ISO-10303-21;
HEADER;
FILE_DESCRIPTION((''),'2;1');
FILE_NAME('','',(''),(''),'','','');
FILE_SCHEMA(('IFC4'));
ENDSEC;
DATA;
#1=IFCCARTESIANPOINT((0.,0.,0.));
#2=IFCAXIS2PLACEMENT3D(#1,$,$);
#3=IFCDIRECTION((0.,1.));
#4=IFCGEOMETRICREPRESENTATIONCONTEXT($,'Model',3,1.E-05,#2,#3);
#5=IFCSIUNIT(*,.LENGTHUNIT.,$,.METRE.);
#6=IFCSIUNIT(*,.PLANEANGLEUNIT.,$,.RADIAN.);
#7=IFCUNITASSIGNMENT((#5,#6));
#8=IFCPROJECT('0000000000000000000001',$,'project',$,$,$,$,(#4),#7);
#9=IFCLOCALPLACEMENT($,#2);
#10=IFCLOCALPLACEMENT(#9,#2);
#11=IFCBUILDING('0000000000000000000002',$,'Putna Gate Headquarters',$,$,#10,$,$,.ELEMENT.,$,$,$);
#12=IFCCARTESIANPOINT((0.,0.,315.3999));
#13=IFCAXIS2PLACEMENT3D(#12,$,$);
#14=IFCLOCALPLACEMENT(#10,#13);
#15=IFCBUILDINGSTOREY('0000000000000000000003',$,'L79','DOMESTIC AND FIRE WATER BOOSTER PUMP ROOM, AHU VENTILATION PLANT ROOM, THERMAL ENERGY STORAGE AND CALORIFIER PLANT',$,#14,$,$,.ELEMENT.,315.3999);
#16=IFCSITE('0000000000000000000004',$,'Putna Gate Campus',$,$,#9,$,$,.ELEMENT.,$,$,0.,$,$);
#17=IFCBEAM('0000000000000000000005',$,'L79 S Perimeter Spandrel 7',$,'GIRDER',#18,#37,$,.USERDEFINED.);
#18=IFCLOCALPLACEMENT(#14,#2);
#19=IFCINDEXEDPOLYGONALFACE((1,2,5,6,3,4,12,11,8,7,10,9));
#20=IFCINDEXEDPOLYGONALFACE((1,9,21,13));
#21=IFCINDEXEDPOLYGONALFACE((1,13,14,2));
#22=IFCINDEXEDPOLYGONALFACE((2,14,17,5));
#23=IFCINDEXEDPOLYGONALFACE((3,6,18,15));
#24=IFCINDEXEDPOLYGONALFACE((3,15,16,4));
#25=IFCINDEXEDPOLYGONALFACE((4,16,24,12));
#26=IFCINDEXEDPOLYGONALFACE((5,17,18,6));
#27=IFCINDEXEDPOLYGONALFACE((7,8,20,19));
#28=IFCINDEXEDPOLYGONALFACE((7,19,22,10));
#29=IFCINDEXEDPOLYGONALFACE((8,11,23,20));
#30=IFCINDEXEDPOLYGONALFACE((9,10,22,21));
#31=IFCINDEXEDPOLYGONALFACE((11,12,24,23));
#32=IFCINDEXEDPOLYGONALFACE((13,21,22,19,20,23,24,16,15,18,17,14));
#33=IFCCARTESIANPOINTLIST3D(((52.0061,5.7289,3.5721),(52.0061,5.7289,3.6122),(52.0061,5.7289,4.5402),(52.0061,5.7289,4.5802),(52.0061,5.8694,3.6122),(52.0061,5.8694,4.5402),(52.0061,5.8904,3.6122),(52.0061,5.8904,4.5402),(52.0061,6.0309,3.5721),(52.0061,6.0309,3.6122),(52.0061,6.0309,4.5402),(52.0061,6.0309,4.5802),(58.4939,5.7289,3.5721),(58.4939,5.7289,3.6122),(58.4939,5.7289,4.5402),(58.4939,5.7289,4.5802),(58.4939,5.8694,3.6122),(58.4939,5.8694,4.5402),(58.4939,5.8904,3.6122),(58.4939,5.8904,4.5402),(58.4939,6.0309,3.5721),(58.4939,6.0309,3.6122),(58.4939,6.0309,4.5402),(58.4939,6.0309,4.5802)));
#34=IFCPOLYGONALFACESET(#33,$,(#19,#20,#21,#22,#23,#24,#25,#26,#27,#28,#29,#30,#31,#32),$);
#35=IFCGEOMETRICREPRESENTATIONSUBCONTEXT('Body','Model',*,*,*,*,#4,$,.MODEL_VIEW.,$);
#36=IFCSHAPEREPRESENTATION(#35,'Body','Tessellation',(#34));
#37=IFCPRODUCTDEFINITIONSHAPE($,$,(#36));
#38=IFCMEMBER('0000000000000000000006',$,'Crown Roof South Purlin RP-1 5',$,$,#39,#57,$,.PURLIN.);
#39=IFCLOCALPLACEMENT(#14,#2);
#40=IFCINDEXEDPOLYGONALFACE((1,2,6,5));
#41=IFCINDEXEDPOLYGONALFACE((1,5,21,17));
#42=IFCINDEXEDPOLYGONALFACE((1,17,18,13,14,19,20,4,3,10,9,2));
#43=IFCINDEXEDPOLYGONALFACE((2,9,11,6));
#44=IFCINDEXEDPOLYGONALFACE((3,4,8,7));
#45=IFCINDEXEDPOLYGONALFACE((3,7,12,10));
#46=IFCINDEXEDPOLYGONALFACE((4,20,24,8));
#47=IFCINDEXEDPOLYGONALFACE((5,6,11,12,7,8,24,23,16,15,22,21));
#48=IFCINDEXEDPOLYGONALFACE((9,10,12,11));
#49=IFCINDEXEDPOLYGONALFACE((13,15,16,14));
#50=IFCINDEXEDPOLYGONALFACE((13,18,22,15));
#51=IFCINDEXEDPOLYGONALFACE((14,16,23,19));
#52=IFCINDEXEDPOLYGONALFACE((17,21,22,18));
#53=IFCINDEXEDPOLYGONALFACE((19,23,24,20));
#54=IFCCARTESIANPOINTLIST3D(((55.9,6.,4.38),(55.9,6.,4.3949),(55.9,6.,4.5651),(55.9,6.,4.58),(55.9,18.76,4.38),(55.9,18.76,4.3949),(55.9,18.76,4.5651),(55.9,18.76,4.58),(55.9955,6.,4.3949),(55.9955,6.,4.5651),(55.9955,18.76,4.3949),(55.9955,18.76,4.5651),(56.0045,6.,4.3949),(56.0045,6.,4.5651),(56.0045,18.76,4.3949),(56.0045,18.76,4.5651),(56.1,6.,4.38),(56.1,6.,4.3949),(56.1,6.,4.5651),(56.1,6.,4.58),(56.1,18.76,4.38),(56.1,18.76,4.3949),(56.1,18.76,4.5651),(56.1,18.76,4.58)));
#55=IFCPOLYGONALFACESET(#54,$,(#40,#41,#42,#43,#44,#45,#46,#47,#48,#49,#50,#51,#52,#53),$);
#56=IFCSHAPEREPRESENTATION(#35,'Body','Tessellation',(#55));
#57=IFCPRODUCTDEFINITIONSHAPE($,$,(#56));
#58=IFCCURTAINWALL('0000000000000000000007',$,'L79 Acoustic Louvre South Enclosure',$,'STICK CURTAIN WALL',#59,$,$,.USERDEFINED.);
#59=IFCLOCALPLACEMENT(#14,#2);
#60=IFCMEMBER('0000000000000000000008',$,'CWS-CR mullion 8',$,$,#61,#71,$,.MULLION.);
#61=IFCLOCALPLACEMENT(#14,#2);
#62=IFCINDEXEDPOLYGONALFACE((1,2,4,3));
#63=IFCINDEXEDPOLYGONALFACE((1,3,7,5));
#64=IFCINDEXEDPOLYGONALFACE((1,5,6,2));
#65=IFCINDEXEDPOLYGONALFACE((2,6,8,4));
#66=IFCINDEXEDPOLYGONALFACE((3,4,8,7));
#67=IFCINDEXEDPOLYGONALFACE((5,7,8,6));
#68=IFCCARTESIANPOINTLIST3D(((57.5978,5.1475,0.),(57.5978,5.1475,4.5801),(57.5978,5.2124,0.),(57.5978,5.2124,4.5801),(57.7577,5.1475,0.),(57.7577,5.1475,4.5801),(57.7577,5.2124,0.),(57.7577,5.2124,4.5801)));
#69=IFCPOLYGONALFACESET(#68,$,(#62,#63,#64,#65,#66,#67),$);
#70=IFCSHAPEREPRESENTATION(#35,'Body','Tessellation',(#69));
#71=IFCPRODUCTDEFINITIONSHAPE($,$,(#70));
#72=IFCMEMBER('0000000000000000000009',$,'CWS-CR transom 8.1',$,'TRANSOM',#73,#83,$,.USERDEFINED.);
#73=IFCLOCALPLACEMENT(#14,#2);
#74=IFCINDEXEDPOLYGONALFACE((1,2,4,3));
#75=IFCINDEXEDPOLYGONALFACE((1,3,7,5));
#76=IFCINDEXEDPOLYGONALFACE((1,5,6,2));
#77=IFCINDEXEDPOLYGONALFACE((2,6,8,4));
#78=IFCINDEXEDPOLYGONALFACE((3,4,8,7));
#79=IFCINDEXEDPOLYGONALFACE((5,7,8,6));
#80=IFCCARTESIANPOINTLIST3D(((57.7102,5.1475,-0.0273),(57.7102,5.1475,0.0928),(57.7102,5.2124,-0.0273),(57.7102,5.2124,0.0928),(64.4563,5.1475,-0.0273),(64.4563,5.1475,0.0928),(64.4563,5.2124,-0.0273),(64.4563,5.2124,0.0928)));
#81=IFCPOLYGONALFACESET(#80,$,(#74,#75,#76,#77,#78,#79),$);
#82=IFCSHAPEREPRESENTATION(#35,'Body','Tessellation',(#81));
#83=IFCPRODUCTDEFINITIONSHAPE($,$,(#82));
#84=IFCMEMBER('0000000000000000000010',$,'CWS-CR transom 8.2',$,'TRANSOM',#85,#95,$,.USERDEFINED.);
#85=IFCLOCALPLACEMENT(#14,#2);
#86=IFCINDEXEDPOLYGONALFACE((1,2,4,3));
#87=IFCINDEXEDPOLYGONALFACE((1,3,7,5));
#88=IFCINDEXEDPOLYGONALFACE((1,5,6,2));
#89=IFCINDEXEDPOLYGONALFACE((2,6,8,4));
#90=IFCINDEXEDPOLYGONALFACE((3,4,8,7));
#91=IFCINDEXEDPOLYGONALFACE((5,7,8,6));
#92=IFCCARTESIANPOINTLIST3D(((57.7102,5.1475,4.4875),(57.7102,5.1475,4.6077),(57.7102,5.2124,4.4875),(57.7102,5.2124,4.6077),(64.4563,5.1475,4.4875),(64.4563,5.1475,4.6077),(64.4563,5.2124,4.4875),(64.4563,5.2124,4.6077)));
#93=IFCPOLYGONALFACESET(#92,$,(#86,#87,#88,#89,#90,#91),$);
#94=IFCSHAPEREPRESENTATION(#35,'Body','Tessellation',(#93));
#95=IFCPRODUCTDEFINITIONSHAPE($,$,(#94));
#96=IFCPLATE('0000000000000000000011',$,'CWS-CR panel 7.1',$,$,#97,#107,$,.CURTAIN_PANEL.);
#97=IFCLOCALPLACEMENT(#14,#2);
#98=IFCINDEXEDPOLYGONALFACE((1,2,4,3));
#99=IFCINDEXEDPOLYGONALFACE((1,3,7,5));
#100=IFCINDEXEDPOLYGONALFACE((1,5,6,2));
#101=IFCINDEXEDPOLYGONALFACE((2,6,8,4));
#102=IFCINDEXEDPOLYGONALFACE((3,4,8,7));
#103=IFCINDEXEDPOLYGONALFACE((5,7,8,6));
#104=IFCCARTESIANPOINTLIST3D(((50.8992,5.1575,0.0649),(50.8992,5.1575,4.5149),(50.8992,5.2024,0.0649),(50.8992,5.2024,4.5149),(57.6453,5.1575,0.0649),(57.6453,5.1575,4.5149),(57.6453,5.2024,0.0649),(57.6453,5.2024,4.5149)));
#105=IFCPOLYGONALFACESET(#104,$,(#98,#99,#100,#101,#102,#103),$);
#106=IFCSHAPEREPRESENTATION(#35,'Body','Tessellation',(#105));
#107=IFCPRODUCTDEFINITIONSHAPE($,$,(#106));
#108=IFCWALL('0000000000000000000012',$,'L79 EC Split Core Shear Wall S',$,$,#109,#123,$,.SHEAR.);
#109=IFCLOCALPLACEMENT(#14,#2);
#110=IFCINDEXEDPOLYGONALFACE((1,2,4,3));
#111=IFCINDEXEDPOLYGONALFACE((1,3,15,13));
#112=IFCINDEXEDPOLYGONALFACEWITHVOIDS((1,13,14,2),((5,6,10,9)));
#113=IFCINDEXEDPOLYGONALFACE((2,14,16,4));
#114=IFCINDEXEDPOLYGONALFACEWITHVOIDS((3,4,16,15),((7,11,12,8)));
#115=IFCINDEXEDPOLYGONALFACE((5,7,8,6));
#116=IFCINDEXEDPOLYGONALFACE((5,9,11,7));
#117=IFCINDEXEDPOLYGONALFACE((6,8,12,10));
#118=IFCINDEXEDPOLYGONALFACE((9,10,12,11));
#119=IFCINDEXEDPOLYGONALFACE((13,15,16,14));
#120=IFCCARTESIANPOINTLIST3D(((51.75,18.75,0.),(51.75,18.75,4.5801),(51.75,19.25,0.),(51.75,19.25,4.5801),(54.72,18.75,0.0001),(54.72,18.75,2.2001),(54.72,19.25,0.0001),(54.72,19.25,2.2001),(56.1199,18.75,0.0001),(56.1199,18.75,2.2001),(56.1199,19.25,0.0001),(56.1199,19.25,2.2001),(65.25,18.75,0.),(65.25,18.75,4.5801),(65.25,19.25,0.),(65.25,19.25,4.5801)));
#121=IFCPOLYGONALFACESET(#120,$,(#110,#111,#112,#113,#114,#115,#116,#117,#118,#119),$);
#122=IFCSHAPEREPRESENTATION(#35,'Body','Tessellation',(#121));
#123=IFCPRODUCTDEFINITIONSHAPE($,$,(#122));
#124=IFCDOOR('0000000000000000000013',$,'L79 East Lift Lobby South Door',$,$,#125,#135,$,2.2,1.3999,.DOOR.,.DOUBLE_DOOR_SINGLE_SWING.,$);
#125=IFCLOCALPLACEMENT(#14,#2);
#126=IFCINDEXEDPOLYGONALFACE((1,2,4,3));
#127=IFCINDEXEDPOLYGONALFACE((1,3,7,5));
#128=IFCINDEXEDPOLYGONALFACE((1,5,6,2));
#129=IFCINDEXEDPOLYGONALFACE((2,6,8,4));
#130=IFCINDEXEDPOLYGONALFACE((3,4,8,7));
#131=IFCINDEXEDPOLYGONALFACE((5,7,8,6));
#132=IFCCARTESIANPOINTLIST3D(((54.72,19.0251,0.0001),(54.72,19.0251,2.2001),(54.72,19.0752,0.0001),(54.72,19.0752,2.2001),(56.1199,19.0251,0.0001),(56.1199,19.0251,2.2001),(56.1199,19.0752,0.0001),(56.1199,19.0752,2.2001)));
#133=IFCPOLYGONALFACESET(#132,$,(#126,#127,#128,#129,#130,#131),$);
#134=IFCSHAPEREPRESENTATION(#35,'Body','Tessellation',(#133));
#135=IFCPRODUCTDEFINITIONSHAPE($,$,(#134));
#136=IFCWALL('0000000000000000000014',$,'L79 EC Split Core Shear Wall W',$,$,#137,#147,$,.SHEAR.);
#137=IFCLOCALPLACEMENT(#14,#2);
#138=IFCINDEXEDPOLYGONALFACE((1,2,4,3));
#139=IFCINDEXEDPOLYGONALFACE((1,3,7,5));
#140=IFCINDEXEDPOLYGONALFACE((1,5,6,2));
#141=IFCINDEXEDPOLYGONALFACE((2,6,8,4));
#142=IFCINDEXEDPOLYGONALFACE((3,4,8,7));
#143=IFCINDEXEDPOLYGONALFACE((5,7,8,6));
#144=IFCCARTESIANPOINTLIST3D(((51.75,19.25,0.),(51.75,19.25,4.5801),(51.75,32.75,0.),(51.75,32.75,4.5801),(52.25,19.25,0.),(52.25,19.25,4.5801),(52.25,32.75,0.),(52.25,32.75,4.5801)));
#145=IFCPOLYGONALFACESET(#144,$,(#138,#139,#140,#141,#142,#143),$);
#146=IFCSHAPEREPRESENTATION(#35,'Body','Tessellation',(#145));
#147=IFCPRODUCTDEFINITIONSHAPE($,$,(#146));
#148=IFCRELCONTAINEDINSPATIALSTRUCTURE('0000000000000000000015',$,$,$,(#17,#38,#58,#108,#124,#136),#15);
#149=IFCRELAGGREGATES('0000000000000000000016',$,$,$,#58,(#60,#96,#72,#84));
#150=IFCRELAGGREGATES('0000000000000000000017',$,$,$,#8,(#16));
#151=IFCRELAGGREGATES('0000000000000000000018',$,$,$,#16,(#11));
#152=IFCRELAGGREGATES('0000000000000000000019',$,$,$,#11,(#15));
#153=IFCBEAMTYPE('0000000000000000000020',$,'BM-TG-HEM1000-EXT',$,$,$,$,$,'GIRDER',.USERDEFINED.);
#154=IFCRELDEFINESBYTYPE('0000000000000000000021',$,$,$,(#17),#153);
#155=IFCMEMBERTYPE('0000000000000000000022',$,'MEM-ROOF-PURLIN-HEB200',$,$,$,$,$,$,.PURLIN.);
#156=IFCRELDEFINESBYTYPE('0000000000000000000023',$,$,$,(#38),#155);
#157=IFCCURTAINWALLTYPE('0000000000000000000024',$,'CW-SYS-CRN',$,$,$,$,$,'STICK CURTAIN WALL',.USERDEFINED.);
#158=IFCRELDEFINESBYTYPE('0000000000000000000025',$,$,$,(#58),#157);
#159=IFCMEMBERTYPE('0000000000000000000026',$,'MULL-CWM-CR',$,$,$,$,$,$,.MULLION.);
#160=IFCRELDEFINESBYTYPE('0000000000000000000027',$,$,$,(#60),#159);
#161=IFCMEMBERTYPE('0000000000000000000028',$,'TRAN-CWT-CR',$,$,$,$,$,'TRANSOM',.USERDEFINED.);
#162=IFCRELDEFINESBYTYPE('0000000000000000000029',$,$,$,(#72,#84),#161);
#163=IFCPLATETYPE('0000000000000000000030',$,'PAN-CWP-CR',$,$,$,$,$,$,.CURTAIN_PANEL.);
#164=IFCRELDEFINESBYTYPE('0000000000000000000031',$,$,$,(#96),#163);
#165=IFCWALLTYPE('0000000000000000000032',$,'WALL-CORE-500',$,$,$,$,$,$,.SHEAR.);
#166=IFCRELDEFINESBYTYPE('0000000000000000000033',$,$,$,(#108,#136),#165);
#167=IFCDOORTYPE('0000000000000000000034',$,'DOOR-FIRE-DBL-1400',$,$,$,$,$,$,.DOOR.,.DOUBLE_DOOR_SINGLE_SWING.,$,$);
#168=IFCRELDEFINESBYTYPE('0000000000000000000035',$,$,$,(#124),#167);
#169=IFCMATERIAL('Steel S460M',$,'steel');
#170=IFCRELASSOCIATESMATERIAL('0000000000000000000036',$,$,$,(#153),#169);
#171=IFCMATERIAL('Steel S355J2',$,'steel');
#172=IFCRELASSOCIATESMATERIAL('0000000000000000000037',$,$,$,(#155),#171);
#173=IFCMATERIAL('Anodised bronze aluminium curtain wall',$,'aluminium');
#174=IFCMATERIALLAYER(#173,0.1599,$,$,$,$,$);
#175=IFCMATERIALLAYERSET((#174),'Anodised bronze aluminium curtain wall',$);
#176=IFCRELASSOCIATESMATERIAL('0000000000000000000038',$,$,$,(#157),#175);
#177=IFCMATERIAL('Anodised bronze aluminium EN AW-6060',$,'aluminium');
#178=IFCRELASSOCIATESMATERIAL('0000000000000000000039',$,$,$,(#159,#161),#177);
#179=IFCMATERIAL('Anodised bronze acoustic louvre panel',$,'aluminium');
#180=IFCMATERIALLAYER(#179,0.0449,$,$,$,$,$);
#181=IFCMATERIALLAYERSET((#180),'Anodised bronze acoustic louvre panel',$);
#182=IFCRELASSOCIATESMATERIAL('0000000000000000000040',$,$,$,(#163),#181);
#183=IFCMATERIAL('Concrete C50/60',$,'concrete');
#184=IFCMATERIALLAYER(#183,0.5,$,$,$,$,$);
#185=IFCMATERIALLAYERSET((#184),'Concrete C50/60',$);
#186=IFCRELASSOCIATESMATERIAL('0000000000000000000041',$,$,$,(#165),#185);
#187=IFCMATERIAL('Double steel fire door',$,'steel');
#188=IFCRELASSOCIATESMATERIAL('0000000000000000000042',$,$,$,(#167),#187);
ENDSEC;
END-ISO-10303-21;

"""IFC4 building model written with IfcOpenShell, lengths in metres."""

from ifc_helpers import new_model, si_unit, direction, frame, frame_2d, origin, origin_2d, place, context, subcontext, project, spatial, rectangle, i_section, extrude, material, layer, layer_set, material_profile, profile_set, type_object, element, fill, aggregate, save


model = new_model("IFC4")

# Units and contexts
model_context = context("Model", 3, precision=1e-05, world=origin(), true_north=direction((0.0, 1.0)))
body_context = subcontext(model_context, "Body", "Model", "MODEL_VIEW")
ifc_project = project(units=[si_unit("LENGTHUNIT", "METRE"), si_unit("PLANEANGLEUNIT", "RADIAN")], contexts=[model_context])

# Site, building, storey
site_placement = place(None, origin())
site = spatial("IfcSite", under=ifc_project, at=site_placement, Name="Putna Gate Campus", CompositionType="ELEMENT", RefElevation=0.0)
building_placement = place(site_placement, origin())
building = spatial("IfcBuilding", under=site, at=building_placement, Name="Putna Gate Headquarters", CompositionType="ELEMENT")
storey_placement = place(building_placement, frame((0.0, 0.0, 315.3999)))
storey = spatial("IfcBuildingStorey", under=building, at=storey_placement, Name="L79", Description="DOMESTIC AND FIRE WATER BOOSTER PUMP ROOM, AHU VENTILATION PLANT ROOM, THERMAL ENERGY STORAGE AND CALORIFIER PLANT", CompositionType="ELEMENT", Elevation=315.3999)

# Shared definitions
ifc_material_1 = material(Name="Steel S460M", Category="steel")

# Beam
ifc_material_2 = material(Name="Steel S355J2", Category="steel")
ifc_material_profile_1 = material_profile(ifc_material_1, i_section(OverallWidth=0.302, OverallDepth=1.0081, WebThickness=0.021, FlangeThickness=0.04, at=origin_2d()), Name="Steel S460M")
ifc_profile_set_1 = profile_set([ifc_material_profile_1], Name="Steel S460M")
beam_type_1 = type_object("IfcBeamType", Name="BM-TG-HEM1000-EXT", ElementType="GIRDER", PredefinedType="USERDEFINED", material=ifc_profile_set_1)
beam_1_placement = place(storey_placement, frame((52.0061, 5.8799, 4.0762), z_axis=(1.0, 0.0, 0.0), x_axis=(0.0, 1.0, 0.0)))
element("IfcBeam", 1, at=beam_1_placement, inside=storey, type_object=beam_type_1, Name="L79 S Perimeter Spandrel 7", ObjectType="GIRDER", PredefinedType="USERDEFINED", context=body_context, shape_type="SweptSolid", body=[
    extrude(i_section(OverallWidth=0.302, OverallDepth=1.0081, WebThickness=0.021, FlangeThickness=0.04, at=origin_2d()), origin(), (0.0, 0.0, 1.0), 6.4878),
])

# Member
ifc_material_profile_2 = material_profile(ifc_material_2, i_section(OverallWidth=0.2, OverallDepth=0.2, WebThickness=0.009, FlangeThickness=0.0149, at=origin_2d()), Name="Steel S355J2")
ifc_profile_set_2 = profile_set([ifc_material_profile_2], Name="Steel S355J2")
member_type_1 = type_object("IfcMemberType", Name="MEM-ROOF-PURLIN-HEB200", PredefinedType="PURLIN", material=ifc_profile_set_2)
member_1_placement = place(storey_placement, frame((56.0, 6.0, 4.48), z_axis=(0.0, 1.0, 0.0), x_axis=(-1.0, 0.0, 0.0)))
element("IfcMember", 2, at=member_1_placement, inside=storey, type_object=member_type_1, Name="Crown Roof South Purlin RP-1 5", PredefinedType="PURLIN", context=body_context, shape_type="SweptSolid", body=[
    extrude(i_section(OverallWidth=0.2, OverallDepth=0.2, WebThickness=0.009, FlangeThickness=0.0149, at=origin_2d()), origin(), (0.0, 0.0, 1.0), 12.76),
])

# Curtain wall, members, plate
ifc_material_3 = material(Name="Anodised bronze aluminium curtain wall", Category="aluminium")
ifc_layer_1 = layer(ifc_material_3, 0.1599)
ifc_layer_set_1 = layer_set([ifc_layer_1], Name="Anodised bronze aluminium curtain wall")
curtain_wall_type = type_object("IfcCurtainWallType", Name="CW-SYS-CRN", ElementType="STICK CURTAIN WALL", PredefinedType="USERDEFINED", material=ifc_layer_set_1)
curtain_wall_placement = place(storey_placement, origin())
curtain_wall = element("IfcCurtainWall", 3, at=curtain_wall_placement, inside=storey, type_object=curtain_wall_type, Name="L79 Acoustic Louvre South Enclosure", ObjectType="STICK CURTAIN WALL", PredefinedType="USERDEFINED")
ifc_material_4 = material(Name="Anodised bronze aluminium EN AW-6060", Category="aluminium")
ifc_material_profile_3 = material_profile(ifc_material_4, rectangle(XDim=0.0649, YDim=0.1599, at=origin_2d()), Name="Anodised bronze aluminium EN AW-6060")
ifc_profile_set_3 = profile_set([ifc_material_profile_3], Name="Anodised bronze aluminium EN AW-6060")
member_type_2 = type_object("IfcMemberType", Name="MULL-CWM-CR", PredefinedType="MULLION", material=ifc_profile_set_3)
member_2_placement = place(storey_placement, frame((57.6777, 5.1799, 0.0), z_axis=(0.0, 0.0, 1.0), x_axis=(0.0, 1.0, 0.0)))
member_2 = element("IfcMember", 4, at=member_2_placement, type_object=member_type_2, Name="CWS-CR mullion 8", PredefinedType="MULLION", context=body_context, shape_type="SweptSolid", body=[
    extrude(rectangle(XDim=0.0649, YDim=0.1599, at=origin_2d()), origin(), (0.0, 0.0, 1.0), 4.5801),
])
ifc_material_profile_4 = material_profile(ifc_material_4, rectangle(XDim=0.0649, YDim=0.1201, at=origin_2d()), Name="Anodised bronze aluminium EN AW-6060")
ifc_profile_set_4 = profile_set([ifc_material_profile_4], Name="Anodised bronze aluminium EN AW-6060")
member_type_3 = type_object("IfcMemberType", Name="TRAN-CWT-CR", ElementType="TRANSOM", PredefinedType="USERDEFINED", material=ifc_profile_set_4)
member_3_placement = place(storey_placement, frame((57.7102, 5.1799, 0.0327), z_axis=(1.0, 0.0, 0.0), x_axis=(0.0, 1.0, 0.0)))
member_3 = element("IfcMember", 5, at=member_3_placement, type_object=member_type_3, Name="CWS-CR transom 8.1", ObjectType="TRANSOM", PredefinedType="USERDEFINED", context=body_context, shape_type="SweptSolid", body=[
    extrude(rectangle(XDim=0.0649, YDim=0.1201, at=origin_2d()), origin(), (0.0, 0.0, 1.0), 6.7461),
])
member_4_placement = place(storey_placement, frame((57.7102, 5.1799, 4.5476), z_axis=(1.0, 0.0, 0.0), x_axis=(0.0, 1.0, 0.0)))
member_4 = element("IfcMember", 6, at=member_4_placement, type_object=member_type_3, Name="CWS-CR transom 8.2", ObjectType="TRANSOM", PredefinedType="USERDEFINED", context=body_context, shape_type="SweptSolid", body=[
    extrude(rectangle(XDim=0.0649, YDim=0.1201, at=origin_2d()), origin(), (0.0, 0.0, 1.0), 6.7461),
])
ifc_material_5 = material(Name="Anodised bronze acoustic louvre panel", Category="aluminium")
ifc_layer_2 = layer(ifc_material_5, 0.0449)
ifc_layer_set_2 = layer_set([ifc_layer_2], Name="Anodised bronze acoustic louvre panel")
plate_type = type_object("IfcPlateType", Name="PAN-CWP-CR", PredefinedType="CURTAIN_PANEL", material=ifc_layer_set_2)
plate_placement = place(storey_placement, frame((54.2722, 5.1799, 0.0649), z_axis=(0.0, 0.0, 1.0), x_axis=(1.0, 0.0, 0.0)))
plate = element("IfcPlate", 7, at=plate_placement, type_object=plate_type, Name="CWS-CR panel 7.1", PredefinedType="CURTAIN_PANEL", context=body_context, shape_type="SweptSolid", body=[
    extrude(rectangle(XDim=6.7461, YDim=0.0449, at=origin_2d()), origin(), (0.0, 0.0, 1.0), 4.45),
])
aggregate(curtain_wall, [member_2, plate, member_3, member_4])

# Wall, opening, door
ifc_material_6 = material(Name="Concrete C50/60", Category="concrete")
ifc_layer_3 = layer(ifc_material_6, 0.5)
ifc_layer_set_3 = layer_set([ifc_layer_3], Name="Concrete C50/60")
wall_type_1 = type_object("IfcWallType", Name="WALL-CORE-500", PredefinedType="SHEAR", material=ifc_layer_set_3)
wall_1_placement = place(storey_placement, frame((51.75, 19.0, 0.0), z_axis=(0.0, 0.0, 1.0), x_axis=(1.0, 0.0, 0.0)))
wall_1 = element("IfcWall", 8, at=wall_1_placement, inside=storey, type_object=wall_type_1, Name="L79 EC Split Core Shear Wall S", PredefinedType="SHEAR", context=body_context, shape_type="SweptSolid", body=[
    extrude(rectangle(XDim=13.5, YDim=0.5, at=frame_2d((6.75, 0.0))), origin(), (0.0, 0.0, 1.0), 4.5801),
])
opening_1_placement = place(wall_1_placement, frame((2.97, 0.0, 0.0)))
opening_1 = element("IfcOpeningElement", 9, at=opening_1_placement, cuts=wall_1, PredefinedType="OPENING", context=body_context, shape_type="SweptSolid", body=[
    extrude(rectangle(XDim=1.3999, YDim=2.2, at=frame_2d((0.7, 1.1001))), frame((0.0, 0.26, 0.0), z_axis=(0.0, -1.0, 0.0), x_axis=(1.0, 0.0, 0.0)), (0.0, 0.0, 1.0), 0.52),
])
ifc_material_7 = material(Name="Double steel fire door", Category="steel")
door_type_1 = type_object("IfcDoorType", Name="DOOR-FIRE-DBL-1400", OperationType="DOUBLE_DOOR_SINGLE_SWING", PredefinedType="DOOR", material=ifc_material_7)
door_1_placement = place(opening_1_placement, origin())
door_1 = element("IfcDoor", 10, at=door_1_placement, inside=storey, type_object=door_type_1, Name="L79 East Lift Lobby South Door", OperationType="DOUBLE_DOOR_SINGLE_SWING", OverallHeight=2.2, OverallWidth=1.3999, PredefinedType="DOOR", context=body_context, shape_type="SweptSolid", body=[
    extrude(rectangle(XDim=1.3999, YDim=2.2, at=frame_2d((0.7, 1.1001))), frame((0.0, 0.0752, 0.0), z_axis=(0.0, -1.0, 0.0), x_axis=(1.0, 0.0, 0.0)), (0.0, 0.0, 1.0), 0.05),
])
fill(opening_1, door_1)

# Wall
wall_2_placement = place(storey_placement, frame((52.0, 19.25, 0.0), z_axis=(0.0, 0.0, 1.0), x_axis=(0.0, 1.0, 0.0)))
element("IfcWall", 11, at=wall_2_placement, inside=storey, type_object=wall_type_1, Name="L79 EC Split Core Shear Wall W", PredefinedType="SHEAR", context=body_context, shape_type="SweptSolid", body=[
    extrude(rectangle(XDim=13.5, YDim=0.5, at=frame_2d((6.75, 0.0))), origin(), (0.0, 0.0, 1.0), 4.5801),
])

save(model, "model.ifc")
